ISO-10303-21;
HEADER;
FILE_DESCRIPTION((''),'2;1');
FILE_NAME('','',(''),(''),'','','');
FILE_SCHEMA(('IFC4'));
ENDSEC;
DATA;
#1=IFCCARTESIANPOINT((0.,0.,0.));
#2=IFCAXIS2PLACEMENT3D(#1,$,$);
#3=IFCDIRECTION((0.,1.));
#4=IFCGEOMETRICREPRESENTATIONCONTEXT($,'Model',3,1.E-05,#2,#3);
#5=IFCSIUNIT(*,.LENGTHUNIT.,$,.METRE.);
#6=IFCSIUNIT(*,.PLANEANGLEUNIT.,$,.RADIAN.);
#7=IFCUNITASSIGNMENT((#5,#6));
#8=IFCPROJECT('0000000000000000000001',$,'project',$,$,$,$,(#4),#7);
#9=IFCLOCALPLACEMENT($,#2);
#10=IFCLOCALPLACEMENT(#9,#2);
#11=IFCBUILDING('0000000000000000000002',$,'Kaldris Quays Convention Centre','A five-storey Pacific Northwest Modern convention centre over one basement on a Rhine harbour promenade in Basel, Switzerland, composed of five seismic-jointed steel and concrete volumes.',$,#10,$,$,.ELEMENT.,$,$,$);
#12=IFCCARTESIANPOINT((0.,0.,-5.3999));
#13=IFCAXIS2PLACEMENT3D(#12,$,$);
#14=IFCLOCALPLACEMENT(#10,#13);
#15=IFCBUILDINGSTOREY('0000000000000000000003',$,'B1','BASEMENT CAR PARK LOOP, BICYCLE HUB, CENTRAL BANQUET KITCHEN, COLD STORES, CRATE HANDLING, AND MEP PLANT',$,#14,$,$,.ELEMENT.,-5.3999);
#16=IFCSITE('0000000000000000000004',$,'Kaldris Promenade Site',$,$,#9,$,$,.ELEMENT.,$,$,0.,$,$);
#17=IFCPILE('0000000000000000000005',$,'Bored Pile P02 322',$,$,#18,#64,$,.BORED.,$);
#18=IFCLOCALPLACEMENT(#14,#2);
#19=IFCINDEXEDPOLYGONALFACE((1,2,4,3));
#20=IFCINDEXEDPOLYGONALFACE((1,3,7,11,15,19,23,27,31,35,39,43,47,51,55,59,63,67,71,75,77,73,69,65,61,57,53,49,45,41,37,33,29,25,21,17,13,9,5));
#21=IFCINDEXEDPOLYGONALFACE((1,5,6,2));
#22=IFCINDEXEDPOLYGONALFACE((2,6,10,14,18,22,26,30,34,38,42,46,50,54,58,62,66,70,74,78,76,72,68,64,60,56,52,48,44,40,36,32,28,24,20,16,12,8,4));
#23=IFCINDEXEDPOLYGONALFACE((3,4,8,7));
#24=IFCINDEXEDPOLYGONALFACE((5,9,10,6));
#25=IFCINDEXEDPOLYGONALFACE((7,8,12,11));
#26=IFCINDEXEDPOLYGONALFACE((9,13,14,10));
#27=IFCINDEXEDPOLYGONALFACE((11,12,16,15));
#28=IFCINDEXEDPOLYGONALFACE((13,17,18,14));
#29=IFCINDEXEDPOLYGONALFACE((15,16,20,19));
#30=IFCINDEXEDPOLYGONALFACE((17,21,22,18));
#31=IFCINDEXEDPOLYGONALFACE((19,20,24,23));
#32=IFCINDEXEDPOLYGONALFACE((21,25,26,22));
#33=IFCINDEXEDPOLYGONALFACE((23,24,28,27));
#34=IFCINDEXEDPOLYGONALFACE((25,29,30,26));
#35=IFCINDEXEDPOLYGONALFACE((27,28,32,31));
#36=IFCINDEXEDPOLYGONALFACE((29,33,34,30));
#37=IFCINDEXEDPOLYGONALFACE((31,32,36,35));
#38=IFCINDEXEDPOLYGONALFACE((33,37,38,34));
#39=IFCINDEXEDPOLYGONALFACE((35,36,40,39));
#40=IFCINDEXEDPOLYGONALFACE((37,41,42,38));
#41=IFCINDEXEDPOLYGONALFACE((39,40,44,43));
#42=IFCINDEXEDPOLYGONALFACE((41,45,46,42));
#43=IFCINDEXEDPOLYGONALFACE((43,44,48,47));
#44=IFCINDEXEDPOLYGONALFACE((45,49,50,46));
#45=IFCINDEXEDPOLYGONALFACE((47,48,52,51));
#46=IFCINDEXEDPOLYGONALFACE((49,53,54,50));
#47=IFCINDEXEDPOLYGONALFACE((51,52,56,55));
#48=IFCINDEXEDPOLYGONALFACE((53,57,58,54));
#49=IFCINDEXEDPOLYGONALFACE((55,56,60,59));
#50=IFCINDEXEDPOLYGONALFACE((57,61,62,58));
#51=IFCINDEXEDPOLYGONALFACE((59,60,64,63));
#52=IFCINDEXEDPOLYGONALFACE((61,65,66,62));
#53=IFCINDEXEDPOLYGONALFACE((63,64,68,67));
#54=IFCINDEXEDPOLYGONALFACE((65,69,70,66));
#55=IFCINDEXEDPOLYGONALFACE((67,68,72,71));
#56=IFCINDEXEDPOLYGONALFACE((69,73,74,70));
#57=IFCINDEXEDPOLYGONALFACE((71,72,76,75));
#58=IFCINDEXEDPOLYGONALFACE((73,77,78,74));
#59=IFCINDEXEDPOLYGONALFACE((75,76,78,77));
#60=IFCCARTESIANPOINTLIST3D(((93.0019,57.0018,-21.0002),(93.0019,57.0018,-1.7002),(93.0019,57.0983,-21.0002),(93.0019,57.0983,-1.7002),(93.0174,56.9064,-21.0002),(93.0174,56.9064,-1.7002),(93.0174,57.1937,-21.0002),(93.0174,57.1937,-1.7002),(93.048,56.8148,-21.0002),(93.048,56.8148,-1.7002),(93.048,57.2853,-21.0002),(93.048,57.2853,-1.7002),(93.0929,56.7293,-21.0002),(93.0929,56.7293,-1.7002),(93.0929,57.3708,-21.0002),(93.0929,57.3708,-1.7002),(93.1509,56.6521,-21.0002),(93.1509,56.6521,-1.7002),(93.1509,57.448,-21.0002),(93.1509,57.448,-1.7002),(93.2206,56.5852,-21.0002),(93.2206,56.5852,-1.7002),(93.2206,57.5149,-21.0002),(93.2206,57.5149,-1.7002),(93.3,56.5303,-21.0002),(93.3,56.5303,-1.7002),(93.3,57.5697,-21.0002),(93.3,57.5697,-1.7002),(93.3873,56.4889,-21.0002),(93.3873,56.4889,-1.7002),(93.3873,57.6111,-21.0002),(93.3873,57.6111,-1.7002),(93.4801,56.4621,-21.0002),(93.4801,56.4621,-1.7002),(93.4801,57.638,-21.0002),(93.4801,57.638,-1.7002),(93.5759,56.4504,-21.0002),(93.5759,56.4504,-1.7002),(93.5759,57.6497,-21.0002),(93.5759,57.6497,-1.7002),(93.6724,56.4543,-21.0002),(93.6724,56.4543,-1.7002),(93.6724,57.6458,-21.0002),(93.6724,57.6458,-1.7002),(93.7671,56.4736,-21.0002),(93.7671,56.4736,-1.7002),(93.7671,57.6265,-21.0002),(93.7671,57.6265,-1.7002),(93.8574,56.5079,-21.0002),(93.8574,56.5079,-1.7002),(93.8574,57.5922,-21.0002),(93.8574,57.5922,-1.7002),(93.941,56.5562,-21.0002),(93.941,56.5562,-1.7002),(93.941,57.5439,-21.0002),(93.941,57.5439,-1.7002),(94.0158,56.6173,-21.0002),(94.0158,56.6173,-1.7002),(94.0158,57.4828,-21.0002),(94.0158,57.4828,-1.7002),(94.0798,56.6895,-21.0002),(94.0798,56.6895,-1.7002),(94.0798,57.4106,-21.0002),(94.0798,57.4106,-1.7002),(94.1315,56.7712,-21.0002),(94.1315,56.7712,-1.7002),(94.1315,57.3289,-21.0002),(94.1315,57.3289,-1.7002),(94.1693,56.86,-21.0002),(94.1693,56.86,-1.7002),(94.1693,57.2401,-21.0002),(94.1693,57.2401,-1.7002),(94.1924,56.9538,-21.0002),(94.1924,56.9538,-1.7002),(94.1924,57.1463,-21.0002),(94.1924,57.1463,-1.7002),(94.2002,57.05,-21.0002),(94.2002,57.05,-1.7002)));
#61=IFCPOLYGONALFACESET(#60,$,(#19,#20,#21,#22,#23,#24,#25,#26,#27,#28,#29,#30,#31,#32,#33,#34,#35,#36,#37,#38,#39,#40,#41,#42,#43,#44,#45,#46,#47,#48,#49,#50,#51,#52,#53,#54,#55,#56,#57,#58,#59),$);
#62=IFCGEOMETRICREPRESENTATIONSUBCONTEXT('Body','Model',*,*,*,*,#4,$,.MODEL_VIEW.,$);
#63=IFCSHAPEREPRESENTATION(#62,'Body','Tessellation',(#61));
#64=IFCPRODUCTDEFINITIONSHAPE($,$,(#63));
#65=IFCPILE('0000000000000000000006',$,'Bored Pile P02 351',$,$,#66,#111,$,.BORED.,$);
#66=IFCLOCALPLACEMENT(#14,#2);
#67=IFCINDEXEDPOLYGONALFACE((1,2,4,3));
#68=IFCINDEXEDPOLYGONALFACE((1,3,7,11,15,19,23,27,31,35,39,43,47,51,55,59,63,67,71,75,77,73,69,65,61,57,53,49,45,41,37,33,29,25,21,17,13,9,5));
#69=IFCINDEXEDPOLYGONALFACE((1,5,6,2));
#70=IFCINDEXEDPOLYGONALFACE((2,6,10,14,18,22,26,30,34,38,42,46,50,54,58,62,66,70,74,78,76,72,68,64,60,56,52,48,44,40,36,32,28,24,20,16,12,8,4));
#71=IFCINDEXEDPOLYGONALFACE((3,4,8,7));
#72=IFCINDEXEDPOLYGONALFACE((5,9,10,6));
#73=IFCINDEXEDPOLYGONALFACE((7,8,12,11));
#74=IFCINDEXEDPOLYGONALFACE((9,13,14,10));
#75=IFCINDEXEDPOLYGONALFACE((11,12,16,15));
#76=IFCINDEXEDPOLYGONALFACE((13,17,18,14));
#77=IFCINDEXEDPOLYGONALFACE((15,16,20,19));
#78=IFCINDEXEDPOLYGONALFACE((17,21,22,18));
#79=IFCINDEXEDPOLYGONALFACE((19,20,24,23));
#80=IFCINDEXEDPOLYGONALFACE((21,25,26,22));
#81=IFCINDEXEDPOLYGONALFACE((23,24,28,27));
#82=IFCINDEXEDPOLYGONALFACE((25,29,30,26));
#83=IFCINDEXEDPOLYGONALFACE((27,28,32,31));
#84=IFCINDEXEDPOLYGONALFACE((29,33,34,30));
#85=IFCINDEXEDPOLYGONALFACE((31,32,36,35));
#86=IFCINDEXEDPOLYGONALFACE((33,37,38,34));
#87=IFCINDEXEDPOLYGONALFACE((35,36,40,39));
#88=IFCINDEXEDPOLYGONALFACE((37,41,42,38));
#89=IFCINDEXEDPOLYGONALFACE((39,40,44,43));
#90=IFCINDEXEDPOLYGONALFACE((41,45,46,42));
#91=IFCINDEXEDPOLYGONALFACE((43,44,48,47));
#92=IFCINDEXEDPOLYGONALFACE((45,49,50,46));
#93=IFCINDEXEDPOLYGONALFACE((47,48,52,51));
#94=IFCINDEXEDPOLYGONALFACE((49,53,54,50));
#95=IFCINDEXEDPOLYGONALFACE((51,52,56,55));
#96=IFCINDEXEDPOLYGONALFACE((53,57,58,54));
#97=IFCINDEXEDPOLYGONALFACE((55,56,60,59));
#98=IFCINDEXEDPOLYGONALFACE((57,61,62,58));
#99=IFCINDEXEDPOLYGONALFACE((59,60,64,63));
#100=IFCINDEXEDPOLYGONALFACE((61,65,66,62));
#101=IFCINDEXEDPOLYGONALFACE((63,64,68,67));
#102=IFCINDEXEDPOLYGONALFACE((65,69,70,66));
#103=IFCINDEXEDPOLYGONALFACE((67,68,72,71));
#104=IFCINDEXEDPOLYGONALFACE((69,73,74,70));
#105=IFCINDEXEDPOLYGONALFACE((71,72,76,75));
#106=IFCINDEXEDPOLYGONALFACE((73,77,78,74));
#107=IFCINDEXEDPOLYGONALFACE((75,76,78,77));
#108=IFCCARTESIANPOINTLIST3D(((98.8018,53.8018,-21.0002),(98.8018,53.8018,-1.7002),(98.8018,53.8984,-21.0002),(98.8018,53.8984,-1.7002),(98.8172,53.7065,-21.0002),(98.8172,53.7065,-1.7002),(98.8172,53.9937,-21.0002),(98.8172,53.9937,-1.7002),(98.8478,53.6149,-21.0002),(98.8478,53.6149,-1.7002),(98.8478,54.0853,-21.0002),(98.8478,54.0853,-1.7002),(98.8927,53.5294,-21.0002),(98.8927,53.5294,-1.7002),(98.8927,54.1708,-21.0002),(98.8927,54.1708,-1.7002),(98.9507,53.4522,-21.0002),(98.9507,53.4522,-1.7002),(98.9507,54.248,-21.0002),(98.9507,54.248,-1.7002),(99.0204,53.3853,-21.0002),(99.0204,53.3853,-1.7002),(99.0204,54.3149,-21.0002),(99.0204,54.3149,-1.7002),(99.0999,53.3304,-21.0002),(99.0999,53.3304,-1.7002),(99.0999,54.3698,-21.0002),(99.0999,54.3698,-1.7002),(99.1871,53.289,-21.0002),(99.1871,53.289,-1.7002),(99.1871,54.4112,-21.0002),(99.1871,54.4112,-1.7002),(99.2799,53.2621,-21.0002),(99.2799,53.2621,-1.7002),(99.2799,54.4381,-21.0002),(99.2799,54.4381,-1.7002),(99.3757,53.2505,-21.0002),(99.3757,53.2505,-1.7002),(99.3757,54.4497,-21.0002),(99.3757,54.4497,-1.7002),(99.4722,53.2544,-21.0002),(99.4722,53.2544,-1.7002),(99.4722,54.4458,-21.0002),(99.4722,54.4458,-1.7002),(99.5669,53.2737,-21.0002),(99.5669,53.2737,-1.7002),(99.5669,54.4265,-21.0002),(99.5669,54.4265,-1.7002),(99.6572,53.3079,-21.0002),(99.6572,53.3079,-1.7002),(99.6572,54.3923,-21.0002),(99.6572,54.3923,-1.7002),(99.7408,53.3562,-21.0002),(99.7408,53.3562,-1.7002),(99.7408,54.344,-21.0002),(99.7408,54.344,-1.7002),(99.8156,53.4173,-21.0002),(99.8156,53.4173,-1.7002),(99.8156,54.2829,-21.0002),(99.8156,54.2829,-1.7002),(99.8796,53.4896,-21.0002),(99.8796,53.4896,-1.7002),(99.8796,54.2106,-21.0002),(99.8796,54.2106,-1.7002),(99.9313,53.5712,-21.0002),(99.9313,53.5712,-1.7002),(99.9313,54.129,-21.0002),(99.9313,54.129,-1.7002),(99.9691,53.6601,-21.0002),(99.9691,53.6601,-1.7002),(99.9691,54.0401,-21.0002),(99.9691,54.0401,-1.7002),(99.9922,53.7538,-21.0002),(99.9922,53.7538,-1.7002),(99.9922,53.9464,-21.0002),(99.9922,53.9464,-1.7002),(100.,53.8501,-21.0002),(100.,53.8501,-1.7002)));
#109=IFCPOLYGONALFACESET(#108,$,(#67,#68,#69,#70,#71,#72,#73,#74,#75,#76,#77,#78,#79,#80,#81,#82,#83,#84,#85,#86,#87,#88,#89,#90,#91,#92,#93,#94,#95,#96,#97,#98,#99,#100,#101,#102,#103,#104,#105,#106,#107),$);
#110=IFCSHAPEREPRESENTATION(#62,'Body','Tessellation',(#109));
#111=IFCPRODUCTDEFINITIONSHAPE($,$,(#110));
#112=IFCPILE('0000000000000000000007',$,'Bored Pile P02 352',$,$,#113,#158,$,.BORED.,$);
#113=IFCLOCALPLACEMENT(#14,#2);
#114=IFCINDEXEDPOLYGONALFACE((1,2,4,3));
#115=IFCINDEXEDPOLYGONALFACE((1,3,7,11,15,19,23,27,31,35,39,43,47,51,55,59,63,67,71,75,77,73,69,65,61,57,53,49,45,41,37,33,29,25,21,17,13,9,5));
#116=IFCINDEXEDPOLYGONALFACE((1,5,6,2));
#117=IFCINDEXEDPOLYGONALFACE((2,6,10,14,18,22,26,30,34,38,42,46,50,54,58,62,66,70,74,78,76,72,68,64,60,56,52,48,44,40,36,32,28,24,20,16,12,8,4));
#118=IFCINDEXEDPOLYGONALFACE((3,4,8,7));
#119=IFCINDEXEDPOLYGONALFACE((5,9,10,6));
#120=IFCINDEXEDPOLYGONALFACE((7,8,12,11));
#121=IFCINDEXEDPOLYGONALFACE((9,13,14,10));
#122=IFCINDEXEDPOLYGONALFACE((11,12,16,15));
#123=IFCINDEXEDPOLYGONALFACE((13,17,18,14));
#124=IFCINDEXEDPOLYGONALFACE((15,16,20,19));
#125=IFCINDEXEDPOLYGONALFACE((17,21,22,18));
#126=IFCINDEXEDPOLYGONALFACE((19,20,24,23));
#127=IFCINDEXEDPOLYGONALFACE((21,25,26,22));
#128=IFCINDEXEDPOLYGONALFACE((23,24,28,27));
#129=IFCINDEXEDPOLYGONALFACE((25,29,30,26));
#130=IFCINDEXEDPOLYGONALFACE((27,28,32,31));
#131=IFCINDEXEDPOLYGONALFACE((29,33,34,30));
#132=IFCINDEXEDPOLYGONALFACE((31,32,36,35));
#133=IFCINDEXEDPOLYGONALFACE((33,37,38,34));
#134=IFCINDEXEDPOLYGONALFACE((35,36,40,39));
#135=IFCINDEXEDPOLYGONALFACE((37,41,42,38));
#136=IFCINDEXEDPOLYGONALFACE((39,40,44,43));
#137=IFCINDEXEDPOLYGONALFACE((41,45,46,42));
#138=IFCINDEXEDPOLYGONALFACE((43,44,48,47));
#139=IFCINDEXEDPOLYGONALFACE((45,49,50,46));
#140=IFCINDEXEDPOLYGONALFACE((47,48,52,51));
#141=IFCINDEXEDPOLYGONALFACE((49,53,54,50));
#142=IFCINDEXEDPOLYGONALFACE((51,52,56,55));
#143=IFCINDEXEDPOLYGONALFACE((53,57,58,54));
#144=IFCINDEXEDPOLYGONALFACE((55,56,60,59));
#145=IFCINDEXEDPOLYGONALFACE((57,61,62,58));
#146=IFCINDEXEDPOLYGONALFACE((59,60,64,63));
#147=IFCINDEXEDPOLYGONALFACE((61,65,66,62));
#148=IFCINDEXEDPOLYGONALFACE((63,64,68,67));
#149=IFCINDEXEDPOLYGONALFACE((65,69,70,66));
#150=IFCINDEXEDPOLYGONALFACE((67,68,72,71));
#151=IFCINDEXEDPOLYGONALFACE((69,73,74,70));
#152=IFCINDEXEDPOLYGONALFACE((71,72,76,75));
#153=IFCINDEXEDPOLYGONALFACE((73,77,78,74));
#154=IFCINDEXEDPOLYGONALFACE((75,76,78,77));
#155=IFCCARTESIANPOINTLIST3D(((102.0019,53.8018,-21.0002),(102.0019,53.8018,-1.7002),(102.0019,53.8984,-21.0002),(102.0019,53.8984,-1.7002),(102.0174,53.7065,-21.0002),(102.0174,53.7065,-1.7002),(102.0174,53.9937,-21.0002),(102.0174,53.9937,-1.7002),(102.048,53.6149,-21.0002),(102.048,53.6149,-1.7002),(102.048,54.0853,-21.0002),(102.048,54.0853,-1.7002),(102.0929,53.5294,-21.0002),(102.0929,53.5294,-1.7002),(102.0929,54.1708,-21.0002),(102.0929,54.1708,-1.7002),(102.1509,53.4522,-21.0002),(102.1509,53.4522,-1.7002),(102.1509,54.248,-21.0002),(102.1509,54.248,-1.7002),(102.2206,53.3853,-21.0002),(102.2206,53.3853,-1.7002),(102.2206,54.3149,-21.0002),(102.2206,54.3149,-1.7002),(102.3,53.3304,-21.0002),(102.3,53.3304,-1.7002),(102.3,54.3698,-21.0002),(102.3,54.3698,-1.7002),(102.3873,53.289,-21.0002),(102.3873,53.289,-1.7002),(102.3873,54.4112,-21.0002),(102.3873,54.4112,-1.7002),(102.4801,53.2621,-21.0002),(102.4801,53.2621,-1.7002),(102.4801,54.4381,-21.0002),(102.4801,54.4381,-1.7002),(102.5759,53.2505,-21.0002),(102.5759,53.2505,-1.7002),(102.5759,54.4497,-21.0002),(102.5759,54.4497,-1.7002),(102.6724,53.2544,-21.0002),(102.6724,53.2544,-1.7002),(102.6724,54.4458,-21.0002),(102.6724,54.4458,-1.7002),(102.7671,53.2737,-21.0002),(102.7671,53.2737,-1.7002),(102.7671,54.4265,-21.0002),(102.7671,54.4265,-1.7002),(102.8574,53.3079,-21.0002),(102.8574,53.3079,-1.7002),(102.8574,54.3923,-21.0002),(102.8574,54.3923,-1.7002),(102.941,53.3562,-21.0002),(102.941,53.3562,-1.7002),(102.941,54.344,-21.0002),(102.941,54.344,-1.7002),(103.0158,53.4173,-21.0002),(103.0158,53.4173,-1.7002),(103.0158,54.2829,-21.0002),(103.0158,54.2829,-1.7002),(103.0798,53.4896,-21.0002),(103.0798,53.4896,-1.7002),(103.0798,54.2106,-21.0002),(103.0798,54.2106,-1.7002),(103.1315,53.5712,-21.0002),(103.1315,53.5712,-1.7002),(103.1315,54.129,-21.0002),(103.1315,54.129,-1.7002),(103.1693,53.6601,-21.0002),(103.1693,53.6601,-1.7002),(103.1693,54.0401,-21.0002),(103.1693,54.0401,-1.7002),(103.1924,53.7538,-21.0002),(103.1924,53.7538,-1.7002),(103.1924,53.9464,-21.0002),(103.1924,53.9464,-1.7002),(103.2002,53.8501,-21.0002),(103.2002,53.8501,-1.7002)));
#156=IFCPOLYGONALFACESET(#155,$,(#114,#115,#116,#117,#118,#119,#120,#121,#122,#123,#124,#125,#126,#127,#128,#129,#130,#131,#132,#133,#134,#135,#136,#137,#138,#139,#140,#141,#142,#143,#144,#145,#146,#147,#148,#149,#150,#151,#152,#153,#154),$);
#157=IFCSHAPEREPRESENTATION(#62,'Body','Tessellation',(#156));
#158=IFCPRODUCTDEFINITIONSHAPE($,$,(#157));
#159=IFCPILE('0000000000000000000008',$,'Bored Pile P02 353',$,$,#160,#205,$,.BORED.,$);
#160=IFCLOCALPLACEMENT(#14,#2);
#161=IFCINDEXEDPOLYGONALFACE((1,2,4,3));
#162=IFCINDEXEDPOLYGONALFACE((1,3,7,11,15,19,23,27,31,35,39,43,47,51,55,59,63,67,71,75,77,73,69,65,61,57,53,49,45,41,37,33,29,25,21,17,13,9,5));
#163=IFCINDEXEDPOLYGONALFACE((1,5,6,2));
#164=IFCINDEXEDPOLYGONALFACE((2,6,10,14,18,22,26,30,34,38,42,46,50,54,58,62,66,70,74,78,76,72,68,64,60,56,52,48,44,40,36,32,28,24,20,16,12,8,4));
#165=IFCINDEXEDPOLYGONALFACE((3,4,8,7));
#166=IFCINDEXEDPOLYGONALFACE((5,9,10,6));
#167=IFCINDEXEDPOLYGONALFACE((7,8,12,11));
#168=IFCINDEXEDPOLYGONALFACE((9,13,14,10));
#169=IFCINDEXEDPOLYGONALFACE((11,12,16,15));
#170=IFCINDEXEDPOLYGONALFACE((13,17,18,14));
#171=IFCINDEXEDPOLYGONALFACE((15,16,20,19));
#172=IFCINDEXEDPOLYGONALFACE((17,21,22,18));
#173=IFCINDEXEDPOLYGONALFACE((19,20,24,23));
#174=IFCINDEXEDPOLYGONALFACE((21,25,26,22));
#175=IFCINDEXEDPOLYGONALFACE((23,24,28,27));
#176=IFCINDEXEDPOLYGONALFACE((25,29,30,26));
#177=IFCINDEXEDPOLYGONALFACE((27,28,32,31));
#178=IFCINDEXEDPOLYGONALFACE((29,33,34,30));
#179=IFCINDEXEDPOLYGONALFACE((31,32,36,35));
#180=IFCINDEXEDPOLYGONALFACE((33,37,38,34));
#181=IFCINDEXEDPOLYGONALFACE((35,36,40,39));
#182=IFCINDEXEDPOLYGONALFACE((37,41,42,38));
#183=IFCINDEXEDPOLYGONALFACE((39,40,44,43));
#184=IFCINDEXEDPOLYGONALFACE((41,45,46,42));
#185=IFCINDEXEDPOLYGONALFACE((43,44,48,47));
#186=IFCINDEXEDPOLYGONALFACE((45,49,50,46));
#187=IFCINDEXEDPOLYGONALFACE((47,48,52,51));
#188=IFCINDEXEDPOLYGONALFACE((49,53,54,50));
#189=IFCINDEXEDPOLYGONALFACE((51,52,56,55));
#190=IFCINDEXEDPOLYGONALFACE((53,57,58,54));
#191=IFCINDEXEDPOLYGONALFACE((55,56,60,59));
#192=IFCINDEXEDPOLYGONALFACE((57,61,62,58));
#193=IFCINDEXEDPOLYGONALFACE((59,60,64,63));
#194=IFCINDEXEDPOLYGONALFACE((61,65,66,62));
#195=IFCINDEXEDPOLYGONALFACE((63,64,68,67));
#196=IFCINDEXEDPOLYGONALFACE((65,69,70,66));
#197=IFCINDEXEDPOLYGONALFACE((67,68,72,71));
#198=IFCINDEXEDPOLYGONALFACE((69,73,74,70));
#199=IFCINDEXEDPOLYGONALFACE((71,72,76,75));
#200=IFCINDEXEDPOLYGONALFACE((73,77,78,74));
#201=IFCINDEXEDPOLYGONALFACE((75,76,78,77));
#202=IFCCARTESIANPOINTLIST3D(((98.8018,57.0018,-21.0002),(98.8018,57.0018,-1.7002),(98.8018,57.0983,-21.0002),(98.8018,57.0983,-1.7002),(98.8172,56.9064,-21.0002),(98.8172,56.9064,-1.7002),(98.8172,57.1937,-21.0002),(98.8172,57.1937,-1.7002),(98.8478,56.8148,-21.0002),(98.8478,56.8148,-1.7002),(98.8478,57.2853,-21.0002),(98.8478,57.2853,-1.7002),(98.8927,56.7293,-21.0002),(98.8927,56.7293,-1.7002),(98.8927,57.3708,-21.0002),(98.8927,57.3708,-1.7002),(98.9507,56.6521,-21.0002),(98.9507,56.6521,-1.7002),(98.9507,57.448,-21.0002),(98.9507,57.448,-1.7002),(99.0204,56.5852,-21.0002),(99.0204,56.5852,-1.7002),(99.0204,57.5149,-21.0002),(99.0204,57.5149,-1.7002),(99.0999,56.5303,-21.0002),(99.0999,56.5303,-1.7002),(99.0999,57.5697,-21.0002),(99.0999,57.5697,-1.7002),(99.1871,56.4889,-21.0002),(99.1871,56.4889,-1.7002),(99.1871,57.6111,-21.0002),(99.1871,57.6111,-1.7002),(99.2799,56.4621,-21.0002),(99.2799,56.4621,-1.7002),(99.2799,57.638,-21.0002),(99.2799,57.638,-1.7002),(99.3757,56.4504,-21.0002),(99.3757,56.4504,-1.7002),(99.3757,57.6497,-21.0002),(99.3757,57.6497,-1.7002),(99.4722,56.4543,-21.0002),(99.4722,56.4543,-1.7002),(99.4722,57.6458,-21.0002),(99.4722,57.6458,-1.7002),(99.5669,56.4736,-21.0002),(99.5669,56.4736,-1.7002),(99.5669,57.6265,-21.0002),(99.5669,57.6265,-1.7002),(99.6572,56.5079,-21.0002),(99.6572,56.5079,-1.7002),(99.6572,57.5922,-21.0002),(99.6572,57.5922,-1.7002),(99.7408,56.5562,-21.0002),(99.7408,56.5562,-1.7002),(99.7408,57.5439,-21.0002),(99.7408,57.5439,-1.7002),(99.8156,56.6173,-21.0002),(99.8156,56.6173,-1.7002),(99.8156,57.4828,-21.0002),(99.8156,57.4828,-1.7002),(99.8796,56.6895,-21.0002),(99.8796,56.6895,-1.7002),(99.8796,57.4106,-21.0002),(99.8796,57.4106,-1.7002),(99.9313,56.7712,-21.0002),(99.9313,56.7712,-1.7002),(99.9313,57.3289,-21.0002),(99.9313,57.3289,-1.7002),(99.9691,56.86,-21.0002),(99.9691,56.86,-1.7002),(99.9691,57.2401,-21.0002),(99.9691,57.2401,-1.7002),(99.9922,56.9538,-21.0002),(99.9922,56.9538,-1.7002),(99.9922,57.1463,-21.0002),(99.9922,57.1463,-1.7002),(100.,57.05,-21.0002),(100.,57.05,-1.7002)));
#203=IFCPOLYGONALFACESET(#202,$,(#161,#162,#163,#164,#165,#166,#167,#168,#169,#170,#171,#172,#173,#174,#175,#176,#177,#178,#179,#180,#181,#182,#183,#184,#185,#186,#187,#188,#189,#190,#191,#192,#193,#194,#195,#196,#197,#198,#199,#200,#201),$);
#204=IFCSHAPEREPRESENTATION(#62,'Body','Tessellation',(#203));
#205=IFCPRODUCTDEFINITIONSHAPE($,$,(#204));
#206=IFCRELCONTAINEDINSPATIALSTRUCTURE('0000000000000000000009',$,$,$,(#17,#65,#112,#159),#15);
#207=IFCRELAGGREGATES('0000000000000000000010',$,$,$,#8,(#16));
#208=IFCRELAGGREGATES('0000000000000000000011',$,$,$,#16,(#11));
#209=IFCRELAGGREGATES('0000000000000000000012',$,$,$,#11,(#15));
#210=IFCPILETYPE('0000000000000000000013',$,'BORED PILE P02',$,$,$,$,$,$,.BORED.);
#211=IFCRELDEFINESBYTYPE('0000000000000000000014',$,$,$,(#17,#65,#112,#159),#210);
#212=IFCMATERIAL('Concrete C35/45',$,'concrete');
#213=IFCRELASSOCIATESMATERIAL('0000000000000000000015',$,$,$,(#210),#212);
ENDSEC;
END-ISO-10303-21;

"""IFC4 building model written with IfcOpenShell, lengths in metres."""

from ifc_helpers import new_model, si_unit, direction, frame, origin, origin_2d, place, context, subcontext, project, spatial, circle, extrude, material, material_profile, profile_set, type_object, element, save


model = new_model("IFC4")

# Units and contexts
model_context = context("Model", 3, precision=1e-05, world=origin(), true_north=direction((0.0, 1.0)))
body_context = subcontext(model_context, "Body", "Model", "MODEL_VIEW")
ifc_project = project(units=[si_unit("LENGTHUNIT", "METRE"), si_unit("PLANEANGLEUNIT", "RADIAN")], contexts=[model_context])

# Site, building, storey
site_placement = place(None, origin())
site = spatial("IfcSite", under=ifc_project, at=site_placement, Name="Kaldris Promenade Site", CompositionType="ELEMENT", RefElevation=0.0)
building_placement = place(site_placement, origin())
building = spatial("IfcBuilding", under=site, at=building_placement, Name="Kaldris Quays Convention Centre", Description="A five-storey Pacific Northwest Modern convention centre over one basement on a Rhine harbour promenade in Basel, Switzerland, composed of five seismic-jointed steel and concrete volumes.", CompositionType="ELEMENT")
storey_placement = place(building_placement, frame((0.0, 0.0, -5.3999)))
storey = spatial("IfcBuildingStorey", under=building, at=storey_placement, Name="B1", Description="BASEMENT CAR PARK LOOP, BICYCLE HUB, CENTRAL BANQUET KITCHEN, COLD STORES, CRATE HANDLING, AND MEP PLANT", CompositionType="ELEMENT", Elevation=-5.3999)

# Piles
ifc_material_1 = material(Name="Concrete C35/45", Category="concrete")
ifc_material_profile_1 = material_profile(ifc_material_1, circle(Radius=0.6001, at=origin_2d()), Name="BORED PILE D1200")
ifc_profile_set_1 = profile_set([ifc_material_profile_1], Name="Concrete C35/45")
pile_type_1 = type_object("IfcPileType", Name="BORED PILE P02", PredefinedType="BORED", material=ifc_profile_set_1)
for number, where, z_axis, x_axis, name in (
    (1, (93.6001, 57.05, -1.7002), (0.0, 0.0, -1.0), (1.0, 0.0, 0.0), "Bored Pile P02 322"),
    (2, (99.3999, 53.8501, -1.7002), (0.0, 0.0, -1.0), (1.0, 0.0, 0.0), "Bored Pile P02 351"),
    (3, (102.6001, 53.8501, -1.7002), (0.0, 0.0, -1.0), (1.0, 0.0, 0.0), "Bored Pile P02 352"),
    (4, (99.3999, 57.05, -1.7002), (0.0, 0.0, -1.0), (1.0, 0.0, 0.0), "Bored Pile P02 353"),
):
    element("IfcPile", number, at=place(storey_placement, frame(where, z_axis=z_axis, x_axis=x_axis)), inside=storey, type_object=pile_type_1, Name=name, PredefinedType="BORED", context=body_context, shape_type="SweptSolid", body=[
        extrude(circle(Radius=0.6001, at=origin_2d()), origin(), (0.0, 0.0, 1.0), 19.3),
    ])

save(model, "model.ifc")
